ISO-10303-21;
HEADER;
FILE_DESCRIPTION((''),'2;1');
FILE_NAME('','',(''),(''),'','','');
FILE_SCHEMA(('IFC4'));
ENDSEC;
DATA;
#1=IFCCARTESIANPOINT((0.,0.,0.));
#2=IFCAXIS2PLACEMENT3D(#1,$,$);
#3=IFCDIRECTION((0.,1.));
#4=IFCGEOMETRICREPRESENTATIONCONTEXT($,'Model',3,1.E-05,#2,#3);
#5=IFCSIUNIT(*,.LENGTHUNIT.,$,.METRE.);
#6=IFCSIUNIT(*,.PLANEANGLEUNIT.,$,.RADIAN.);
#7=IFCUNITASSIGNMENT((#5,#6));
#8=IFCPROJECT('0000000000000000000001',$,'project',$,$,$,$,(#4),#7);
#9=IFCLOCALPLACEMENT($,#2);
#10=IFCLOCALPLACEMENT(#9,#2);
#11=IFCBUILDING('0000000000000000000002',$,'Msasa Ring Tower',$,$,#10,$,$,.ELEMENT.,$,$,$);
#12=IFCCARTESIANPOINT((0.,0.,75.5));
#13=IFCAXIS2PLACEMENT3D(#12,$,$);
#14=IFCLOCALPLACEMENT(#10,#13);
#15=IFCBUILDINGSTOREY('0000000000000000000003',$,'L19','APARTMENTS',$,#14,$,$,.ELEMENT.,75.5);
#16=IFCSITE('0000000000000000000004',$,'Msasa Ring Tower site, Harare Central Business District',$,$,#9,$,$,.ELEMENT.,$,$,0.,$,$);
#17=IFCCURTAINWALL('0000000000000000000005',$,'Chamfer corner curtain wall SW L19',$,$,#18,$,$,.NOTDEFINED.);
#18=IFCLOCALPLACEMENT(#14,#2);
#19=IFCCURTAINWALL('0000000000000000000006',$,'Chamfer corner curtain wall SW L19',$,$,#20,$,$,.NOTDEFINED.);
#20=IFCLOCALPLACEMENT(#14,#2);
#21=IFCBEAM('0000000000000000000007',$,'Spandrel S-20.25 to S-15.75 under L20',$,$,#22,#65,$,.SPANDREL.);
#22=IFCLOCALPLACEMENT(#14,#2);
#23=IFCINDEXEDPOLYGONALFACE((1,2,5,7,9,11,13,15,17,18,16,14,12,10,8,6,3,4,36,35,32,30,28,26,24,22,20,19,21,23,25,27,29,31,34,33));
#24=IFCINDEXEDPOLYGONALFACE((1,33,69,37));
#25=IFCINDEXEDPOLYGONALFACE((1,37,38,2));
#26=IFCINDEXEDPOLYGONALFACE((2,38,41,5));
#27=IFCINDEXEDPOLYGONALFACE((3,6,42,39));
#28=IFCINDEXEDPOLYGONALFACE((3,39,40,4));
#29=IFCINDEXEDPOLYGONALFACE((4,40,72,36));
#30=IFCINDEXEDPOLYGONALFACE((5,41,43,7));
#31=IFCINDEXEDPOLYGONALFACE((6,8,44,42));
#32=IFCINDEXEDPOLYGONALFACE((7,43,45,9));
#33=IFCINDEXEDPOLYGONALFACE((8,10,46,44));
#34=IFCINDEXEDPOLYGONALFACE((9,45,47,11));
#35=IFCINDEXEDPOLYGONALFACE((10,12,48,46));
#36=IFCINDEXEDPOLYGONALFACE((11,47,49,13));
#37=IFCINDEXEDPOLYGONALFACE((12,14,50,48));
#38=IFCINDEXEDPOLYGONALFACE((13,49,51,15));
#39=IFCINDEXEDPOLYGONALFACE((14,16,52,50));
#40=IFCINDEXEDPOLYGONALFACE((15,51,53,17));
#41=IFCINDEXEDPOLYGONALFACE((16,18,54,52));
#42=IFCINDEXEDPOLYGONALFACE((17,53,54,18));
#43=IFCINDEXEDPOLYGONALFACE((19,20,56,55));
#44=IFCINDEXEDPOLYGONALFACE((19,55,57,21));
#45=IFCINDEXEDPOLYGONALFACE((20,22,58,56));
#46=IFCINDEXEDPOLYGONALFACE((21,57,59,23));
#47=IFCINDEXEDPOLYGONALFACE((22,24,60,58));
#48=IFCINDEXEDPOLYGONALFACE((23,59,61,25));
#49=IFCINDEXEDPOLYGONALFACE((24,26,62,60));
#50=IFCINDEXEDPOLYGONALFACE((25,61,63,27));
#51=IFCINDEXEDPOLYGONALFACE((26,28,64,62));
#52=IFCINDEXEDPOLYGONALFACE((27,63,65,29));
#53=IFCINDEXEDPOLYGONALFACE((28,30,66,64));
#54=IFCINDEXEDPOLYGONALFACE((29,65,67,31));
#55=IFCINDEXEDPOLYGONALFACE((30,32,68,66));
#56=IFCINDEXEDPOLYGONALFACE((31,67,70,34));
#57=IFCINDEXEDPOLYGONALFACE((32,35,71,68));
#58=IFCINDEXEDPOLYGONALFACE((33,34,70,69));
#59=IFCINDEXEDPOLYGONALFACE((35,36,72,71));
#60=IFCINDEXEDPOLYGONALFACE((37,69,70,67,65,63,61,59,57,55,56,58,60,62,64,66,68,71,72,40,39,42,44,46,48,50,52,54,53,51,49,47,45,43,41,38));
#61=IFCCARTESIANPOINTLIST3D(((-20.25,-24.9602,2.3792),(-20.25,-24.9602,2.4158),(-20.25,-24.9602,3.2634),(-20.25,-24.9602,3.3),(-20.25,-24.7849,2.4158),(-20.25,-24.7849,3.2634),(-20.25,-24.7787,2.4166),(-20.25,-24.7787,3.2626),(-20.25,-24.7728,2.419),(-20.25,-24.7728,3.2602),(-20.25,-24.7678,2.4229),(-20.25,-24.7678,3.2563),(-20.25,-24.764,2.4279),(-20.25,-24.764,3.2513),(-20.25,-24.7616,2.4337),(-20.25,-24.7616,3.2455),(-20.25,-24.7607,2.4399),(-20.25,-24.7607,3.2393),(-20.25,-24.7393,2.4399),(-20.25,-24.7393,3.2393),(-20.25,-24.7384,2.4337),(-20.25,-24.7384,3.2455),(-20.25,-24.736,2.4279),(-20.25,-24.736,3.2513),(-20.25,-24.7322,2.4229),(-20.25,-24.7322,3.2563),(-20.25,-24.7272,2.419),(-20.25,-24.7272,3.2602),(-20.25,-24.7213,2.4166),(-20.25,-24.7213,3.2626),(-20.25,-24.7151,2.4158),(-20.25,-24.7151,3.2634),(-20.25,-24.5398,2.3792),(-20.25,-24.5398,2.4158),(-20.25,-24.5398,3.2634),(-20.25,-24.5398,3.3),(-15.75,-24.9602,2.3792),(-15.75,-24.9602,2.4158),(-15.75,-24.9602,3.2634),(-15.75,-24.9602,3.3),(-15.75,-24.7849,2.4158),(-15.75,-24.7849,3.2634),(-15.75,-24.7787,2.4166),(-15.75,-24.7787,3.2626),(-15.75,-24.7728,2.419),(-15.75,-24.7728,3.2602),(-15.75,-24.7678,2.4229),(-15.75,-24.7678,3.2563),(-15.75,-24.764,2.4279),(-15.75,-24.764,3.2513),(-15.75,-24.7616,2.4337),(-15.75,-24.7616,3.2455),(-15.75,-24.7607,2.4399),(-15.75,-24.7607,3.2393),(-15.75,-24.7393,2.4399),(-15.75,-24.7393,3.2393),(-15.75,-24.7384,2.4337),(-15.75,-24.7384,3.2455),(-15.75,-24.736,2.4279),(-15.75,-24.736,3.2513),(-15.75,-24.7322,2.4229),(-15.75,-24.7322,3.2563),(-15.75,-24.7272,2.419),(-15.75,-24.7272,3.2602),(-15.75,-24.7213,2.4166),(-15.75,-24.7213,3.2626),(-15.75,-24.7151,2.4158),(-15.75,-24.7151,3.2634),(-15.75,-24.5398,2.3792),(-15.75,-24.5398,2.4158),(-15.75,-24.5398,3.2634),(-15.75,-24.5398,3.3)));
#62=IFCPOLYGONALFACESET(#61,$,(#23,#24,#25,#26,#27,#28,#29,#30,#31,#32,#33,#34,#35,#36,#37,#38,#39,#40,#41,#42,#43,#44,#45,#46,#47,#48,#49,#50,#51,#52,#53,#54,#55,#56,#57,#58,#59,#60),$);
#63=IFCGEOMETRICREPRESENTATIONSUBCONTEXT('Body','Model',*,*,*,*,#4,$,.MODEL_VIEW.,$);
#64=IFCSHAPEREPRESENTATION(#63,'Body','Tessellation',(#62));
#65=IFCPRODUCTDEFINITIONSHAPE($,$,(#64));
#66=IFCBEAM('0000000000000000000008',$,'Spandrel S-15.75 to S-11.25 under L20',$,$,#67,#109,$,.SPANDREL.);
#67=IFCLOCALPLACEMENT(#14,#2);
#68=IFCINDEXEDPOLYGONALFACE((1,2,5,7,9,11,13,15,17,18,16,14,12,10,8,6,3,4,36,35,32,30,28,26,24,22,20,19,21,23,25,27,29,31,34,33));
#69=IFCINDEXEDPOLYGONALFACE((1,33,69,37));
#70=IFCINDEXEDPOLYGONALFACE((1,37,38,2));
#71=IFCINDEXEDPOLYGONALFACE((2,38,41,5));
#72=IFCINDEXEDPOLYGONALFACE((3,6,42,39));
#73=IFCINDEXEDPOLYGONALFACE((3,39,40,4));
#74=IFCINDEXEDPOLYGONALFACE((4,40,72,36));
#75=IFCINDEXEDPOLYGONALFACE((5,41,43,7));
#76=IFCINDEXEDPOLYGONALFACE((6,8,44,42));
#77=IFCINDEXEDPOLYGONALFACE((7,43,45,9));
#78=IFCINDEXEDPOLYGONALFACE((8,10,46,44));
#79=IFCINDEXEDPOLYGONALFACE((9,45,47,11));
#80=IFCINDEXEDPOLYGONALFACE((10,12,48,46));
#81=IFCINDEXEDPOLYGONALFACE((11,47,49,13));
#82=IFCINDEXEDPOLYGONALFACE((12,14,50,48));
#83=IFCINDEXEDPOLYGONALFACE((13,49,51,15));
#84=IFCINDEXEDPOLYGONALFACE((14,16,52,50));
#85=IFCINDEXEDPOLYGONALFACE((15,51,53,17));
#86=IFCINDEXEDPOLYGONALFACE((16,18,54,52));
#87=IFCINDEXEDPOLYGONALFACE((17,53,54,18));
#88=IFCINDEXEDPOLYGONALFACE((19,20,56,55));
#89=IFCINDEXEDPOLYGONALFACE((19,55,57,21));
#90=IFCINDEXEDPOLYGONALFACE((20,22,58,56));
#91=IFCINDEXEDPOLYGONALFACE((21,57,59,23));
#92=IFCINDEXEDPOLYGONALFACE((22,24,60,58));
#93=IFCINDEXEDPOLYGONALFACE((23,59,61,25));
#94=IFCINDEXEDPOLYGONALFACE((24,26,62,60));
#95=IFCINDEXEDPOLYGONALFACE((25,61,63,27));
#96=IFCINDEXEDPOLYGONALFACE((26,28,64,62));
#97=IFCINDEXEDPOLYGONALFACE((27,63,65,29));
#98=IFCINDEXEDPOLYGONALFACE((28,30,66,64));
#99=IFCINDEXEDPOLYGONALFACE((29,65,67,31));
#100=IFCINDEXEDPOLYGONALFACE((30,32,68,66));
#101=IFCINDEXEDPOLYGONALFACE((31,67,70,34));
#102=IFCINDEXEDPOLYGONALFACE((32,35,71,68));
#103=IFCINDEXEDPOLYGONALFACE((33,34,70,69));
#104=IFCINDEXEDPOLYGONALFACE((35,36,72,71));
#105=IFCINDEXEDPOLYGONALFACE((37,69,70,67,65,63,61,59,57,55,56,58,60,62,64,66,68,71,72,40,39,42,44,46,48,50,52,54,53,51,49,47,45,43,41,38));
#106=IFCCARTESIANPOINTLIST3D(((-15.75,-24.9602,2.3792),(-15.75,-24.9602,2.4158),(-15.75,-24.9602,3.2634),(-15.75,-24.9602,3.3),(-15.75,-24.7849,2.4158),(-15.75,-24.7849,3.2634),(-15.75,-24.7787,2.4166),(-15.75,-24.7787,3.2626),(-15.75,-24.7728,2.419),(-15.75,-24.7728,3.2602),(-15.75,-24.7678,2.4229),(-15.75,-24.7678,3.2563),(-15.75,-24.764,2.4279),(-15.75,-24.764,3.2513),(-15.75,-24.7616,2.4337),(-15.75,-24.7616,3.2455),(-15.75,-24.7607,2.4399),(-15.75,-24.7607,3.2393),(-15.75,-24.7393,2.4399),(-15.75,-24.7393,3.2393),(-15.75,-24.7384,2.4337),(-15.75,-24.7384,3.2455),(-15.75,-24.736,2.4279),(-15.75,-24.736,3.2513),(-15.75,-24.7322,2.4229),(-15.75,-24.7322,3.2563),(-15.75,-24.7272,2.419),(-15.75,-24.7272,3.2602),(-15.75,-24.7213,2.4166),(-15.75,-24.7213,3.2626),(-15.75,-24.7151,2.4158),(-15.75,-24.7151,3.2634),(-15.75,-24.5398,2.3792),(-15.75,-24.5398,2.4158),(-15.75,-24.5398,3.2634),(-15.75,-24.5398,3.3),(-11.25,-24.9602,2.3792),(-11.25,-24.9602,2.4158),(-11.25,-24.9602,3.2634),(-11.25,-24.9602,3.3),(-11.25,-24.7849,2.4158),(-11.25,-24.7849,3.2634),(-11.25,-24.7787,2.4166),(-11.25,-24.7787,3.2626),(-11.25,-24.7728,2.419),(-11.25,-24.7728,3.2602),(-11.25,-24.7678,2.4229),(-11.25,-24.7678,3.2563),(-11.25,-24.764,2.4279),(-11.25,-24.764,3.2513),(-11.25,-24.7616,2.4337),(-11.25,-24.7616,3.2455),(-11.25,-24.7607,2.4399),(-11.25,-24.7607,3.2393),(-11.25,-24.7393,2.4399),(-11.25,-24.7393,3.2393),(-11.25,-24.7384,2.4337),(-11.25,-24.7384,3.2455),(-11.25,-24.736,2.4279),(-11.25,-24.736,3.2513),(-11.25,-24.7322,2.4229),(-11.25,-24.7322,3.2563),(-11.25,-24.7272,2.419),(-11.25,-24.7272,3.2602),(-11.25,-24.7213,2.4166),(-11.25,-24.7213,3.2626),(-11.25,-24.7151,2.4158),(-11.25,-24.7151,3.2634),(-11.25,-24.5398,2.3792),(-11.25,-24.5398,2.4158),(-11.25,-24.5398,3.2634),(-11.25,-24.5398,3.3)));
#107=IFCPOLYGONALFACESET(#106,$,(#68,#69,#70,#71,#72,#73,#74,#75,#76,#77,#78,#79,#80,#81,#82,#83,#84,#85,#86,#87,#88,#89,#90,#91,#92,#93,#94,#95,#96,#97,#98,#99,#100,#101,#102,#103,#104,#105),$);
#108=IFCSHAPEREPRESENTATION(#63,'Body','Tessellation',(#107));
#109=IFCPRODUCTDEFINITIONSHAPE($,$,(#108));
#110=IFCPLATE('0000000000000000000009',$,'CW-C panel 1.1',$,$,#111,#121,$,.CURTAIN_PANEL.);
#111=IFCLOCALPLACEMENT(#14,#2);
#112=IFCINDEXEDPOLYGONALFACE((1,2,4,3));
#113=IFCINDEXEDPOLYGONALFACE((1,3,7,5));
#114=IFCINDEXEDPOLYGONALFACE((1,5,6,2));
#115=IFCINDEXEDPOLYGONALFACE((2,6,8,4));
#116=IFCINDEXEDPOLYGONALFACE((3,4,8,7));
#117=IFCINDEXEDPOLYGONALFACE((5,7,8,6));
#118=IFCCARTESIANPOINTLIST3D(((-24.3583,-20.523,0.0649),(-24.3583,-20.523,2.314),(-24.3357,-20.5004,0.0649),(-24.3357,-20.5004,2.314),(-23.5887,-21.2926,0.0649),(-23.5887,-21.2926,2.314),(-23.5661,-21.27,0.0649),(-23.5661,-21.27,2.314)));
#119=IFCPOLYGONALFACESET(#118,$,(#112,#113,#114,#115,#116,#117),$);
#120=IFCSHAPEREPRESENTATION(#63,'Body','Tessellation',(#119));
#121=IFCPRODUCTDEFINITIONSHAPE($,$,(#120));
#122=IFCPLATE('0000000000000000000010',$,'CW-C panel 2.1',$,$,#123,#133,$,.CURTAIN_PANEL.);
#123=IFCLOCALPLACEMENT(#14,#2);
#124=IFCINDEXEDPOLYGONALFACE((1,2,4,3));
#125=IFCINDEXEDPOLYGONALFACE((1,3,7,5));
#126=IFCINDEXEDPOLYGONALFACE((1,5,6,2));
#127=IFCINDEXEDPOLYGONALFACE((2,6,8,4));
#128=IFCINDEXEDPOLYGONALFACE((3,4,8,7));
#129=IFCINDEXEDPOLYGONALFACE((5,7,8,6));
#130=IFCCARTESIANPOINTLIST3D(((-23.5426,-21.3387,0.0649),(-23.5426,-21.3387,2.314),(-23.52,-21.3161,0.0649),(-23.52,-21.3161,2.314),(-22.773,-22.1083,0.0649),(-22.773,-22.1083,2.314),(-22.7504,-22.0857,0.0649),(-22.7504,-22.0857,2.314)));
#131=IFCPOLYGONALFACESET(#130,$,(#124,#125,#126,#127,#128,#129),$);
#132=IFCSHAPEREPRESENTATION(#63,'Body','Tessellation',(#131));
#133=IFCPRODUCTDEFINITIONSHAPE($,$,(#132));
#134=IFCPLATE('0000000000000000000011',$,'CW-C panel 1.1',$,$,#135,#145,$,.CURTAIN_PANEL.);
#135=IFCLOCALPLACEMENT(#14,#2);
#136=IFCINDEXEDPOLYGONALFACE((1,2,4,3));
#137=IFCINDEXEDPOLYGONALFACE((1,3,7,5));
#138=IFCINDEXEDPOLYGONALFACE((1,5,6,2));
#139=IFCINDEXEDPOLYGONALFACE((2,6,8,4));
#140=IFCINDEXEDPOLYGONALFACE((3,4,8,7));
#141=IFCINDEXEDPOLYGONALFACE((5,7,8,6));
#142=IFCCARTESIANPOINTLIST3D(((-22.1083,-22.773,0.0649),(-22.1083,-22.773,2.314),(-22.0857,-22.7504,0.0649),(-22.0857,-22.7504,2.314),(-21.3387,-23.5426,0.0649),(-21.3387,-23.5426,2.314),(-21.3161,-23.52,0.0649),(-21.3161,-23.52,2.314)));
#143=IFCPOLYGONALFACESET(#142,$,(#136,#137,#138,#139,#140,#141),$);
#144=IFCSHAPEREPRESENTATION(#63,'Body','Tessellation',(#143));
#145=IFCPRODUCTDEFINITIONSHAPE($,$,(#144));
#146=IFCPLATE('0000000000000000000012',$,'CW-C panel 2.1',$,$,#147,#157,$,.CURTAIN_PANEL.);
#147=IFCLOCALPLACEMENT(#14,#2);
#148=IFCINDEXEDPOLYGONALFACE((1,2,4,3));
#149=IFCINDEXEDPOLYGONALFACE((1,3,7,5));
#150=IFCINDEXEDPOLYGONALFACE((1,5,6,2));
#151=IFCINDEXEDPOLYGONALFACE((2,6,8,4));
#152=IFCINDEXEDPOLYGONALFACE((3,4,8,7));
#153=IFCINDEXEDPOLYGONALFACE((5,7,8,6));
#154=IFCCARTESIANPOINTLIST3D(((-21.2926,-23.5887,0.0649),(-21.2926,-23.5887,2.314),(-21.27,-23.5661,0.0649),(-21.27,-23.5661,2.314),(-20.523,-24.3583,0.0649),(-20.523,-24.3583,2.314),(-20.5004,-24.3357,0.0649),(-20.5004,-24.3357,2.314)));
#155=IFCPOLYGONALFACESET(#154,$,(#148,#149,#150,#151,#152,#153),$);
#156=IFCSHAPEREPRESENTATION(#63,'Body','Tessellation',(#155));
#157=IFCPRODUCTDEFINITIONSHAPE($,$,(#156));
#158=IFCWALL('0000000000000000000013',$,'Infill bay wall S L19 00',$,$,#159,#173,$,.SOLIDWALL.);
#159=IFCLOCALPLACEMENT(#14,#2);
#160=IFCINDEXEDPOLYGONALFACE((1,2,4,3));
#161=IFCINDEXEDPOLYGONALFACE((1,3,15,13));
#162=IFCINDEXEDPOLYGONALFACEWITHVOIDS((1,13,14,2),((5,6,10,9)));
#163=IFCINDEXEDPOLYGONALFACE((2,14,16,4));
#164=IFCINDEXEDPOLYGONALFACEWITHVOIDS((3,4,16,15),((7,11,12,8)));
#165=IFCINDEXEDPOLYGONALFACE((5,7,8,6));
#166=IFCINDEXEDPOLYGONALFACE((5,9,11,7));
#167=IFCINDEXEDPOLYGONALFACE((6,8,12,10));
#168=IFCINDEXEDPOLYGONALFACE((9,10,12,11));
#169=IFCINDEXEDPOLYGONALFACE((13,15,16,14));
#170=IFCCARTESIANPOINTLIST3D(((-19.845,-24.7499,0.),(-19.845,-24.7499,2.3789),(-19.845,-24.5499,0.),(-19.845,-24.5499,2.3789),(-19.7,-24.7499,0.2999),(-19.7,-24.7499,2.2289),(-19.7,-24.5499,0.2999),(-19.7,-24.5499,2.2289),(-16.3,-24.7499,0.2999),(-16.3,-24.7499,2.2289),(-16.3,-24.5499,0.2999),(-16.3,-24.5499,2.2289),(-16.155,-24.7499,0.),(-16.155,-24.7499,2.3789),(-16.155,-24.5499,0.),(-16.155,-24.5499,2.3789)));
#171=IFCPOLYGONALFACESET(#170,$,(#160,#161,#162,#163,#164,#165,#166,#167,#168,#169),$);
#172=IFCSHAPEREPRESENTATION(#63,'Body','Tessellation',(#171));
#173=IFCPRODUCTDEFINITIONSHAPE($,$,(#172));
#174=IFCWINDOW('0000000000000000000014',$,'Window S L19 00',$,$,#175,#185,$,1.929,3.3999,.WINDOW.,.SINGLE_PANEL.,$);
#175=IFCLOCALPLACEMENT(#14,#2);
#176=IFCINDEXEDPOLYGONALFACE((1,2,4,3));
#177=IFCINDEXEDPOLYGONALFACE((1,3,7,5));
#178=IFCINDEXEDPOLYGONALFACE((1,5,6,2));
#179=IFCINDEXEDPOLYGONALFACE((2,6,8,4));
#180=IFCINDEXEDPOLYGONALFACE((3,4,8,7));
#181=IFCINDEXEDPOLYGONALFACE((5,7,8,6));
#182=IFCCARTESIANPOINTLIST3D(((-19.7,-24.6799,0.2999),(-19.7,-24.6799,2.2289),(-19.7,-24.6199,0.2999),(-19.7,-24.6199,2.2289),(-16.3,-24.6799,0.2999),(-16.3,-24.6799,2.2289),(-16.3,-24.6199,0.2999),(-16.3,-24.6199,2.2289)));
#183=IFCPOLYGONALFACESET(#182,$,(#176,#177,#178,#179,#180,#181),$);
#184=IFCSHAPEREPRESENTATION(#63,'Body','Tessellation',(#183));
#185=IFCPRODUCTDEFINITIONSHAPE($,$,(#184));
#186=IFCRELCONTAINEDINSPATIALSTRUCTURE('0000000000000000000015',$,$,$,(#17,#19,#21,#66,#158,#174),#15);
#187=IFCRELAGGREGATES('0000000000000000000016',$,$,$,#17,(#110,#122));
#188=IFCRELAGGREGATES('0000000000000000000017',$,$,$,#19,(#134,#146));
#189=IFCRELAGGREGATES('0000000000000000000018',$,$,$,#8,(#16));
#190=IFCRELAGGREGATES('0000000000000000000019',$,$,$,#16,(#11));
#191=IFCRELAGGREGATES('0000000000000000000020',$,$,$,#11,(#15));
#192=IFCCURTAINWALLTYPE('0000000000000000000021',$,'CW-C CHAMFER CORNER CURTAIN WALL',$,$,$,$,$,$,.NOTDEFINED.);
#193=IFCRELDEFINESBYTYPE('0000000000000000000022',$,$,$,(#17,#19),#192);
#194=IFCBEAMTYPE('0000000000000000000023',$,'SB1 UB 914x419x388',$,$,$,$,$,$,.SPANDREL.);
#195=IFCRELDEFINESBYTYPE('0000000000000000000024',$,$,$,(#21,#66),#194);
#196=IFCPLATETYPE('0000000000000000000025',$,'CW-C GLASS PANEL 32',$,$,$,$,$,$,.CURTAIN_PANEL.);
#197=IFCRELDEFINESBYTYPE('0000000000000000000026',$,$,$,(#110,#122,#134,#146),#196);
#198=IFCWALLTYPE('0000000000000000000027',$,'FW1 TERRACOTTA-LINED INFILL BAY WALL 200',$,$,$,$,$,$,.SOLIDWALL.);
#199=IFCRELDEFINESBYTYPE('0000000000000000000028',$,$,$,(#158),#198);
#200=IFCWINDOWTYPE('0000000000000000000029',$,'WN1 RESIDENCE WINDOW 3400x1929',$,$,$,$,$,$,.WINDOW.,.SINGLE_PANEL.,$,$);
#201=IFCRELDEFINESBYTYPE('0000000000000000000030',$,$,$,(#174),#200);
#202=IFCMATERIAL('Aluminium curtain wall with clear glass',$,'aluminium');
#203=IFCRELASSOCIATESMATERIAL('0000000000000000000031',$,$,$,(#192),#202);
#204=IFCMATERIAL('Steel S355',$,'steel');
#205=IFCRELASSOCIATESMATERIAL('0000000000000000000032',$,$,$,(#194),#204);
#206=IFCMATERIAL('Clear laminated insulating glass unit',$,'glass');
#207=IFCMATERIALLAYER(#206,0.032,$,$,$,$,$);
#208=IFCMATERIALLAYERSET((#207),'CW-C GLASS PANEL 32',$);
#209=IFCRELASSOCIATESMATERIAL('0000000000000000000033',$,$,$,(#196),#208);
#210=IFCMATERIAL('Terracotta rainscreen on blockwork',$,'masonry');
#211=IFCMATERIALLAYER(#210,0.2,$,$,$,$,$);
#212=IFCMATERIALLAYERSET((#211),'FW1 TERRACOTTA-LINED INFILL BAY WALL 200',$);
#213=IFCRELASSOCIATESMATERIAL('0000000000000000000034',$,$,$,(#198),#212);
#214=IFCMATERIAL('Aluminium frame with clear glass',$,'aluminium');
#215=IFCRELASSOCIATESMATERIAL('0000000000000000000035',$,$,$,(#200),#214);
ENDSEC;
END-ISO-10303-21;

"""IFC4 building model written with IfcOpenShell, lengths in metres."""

from ifc_helpers import new_model, si_unit, direction, frame, frame_2d, origin, origin_2d, place, context, subcontext, project, spatial, rectangle, i_section, extrude, material, layer, layer_set, material_profile, profile_set, type_object, element, fill, aggregate, save


model = new_model("IFC4")

# Units and contexts
model_context = context("Model", 3, precision=1e-05, world=origin(), true_north=direction((0.0, 1.0)))
body_context = subcontext(model_context, "Body", "Model", "MODEL_VIEW")
ifc_project = project(units=[si_unit("LENGTHUNIT", "METRE"), si_unit("PLANEANGLEUNIT", "RADIAN")], contexts=[model_context])

# Site, building, storey
site_placement = place(None, origin())
site = spatial("IfcSite", under=ifc_project, at=site_placement, Name="Msasa Ring Tower site, Harare Central Business District", CompositionType="ELEMENT", RefElevation=0.0)
building_placement = place(site_placement, origin())
building = spatial("IfcBuilding", under=site, at=building_placement, Name="Msasa Ring Tower", CompositionType="ELEMENT")
storey_placement = place(building_placement, frame((0.0, 0.0, 75.5)))
storey = spatial("IfcBuildingStorey", under=building, at=storey_placement, Name="L19", Description="APARTMENTS", CompositionType="ELEMENT", Elevation=75.5)

# Curtain walls
ifc_material_1 = material(Name="Aluminium curtain wall with clear glass", Category="aluminium")
curtain_wall_type = type_object("IfcCurtainWallType", Name="CW-C CHAMFER CORNER CURTAIN WALL", PredefinedType="NOTDEFINED", material=ifc_material_1)
curtain_wall_1_placement = place(storey_placement, origin())
curtain_wall_1 = element("IfcCurtainWall", 1, at=curtain_wall_1_placement, inside=storey, type_object=curtain_wall_type, Name="Chamfer corner curtain wall SW L19", PredefinedType="NOTDEFINED")
curtain_wall_2_placement = place(storey_placement, origin())
curtain_wall_2 = element("IfcCurtainWall", 2, at=curtain_wall_2_placement, inside=storey, type_object=curtain_wall_type, Name="Chamfer corner curtain wall SW L19", PredefinedType="NOTDEFINED")

# Beams
ifc_material_2 = material(Name="Steel S355", Category="steel")
ifc_material_profile_1 = material_profile(ifc_material_2, i_section(OverallWidth=0.4204, OverallDepth=0.9209, WebThickness=0.0215, FlangeThickness=0.0366, FilletRadius=0.0242, at=origin_2d()), Name="UB 914x419x388")
ifc_profile_set_1 = profile_set([ifc_material_profile_1], Name="Steel S355")
beam_type_1 = type_object("IfcBeamType", Name="SB1 UB 914x419x388", PredefinedType="SPANDREL", material=ifc_profile_set_1)
for number, where, z_axis, x_axis, name in (
    (3, (-20.25, -24.75, 2.8396), (1.0, 0.0, 0.0), (0.0, 1.0, 0.0), "Spandrel S-20.25 to S-15.75 under L20"),
    (4, (-15.75, -24.75, 2.8396), (1.0, 0.0, 0.0), (0.0, 1.0, 0.0), "Spandrel S-15.75 to S-11.25 under L20"),
):
    element("IfcBeam", number, at=place(storey_placement, frame(where, z_axis=z_axis, x_axis=x_axis)), inside=storey, type_object=beam_type_1, Name=name, PredefinedType="SPANDREL", context=body_context, shape_type="SweptSolid", body=[
        extrude(i_section(OverallWidth=0.4204, OverallDepth=0.9209, WebThickness=0.0215, FlangeThickness=0.0366, FilletRadius=0.0242, at=origin_2d()), origin(), (0.0, 0.0, 1.0), 4.5),
    ])

# Plates
ifc_material_3 = material(Name="Clear laminated insulating glass unit", Category="glass")
ifc_layer_1 = layer(ifc_material_3, 0.032)
ifc_layer_set_1 = layer_set([ifc_layer_1], Name="CW-C GLASS PANEL 32")
plate_type = type_object("IfcPlateType", Name="CW-C GLASS PANEL 32", PredefinedType="CURTAIN_PANEL", material=ifc_layer_set_1)
plate_1_placement = place(storey_placement, frame((-23.9622, -20.8965, 0.0649), z_axis=(0.0, 0.0, 1.0), x_axis=(0.707107, -0.707107, 0.0)))
plate_1 = element("IfcPlate", 5, at=plate_1_placement, type_object=plate_type, Name="CW-C panel 1.1", PredefinedType="CURTAIN_PANEL", context=body_context, shape_type="SweptSolid", body=[
    extrude(rectangle(XDim=1.0884, YDim=0.032, at=origin_2d()), origin(), (0.0, 0.0, 1.0), 2.249),
])
plate_2_placement = place(storey_placement, frame((-23.1465, -21.7122, 0.0649), z_axis=(0.0, 0.0, 1.0), x_axis=(0.707107, -0.707107, 0.0)))
plate_2 = element("IfcPlate", 6, at=plate_2_placement, type_object=plate_type, Name="CW-C panel 2.1", PredefinedType="CURTAIN_PANEL", context=body_context, shape_type="SweptSolid", body=[
    extrude(rectangle(XDim=1.0884, YDim=0.032, at=origin_2d()), origin(), (0.0, 0.0, 1.0), 2.249),
])
aggregate(curtain_wall_1, [plate_1, plate_2])
plate_3_placement = place(storey_placement, frame((-21.7122, -23.1465, 0.0649), z_axis=(0.0, 0.0, 1.0), x_axis=(0.707107, -0.707107, 0.0)))
plate_3 = element("IfcPlate", 7, at=plate_3_placement, type_object=plate_type, Name="CW-C panel 1.1", PredefinedType="CURTAIN_PANEL", context=body_context, shape_type="SweptSolid", body=[
    extrude(rectangle(XDim=1.0884, YDim=0.032, at=origin_2d()), origin(), (0.0, 0.0, 1.0), 2.249),
])
plate_4_placement = place(storey_placement, frame((-20.8965, -23.9622, 0.0649), z_axis=(0.0, 0.0, 1.0), x_axis=(0.707107, -0.707107, 0.0)))
plate_4 = element("IfcPlate", 8, at=plate_4_placement, type_object=plate_type, Name="CW-C panel 2.1", PredefinedType="CURTAIN_PANEL", context=body_context, shape_type="SweptSolid", body=[
    extrude(rectangle(XDim=1.0884, YDim=0.032, at=origin_2d()), origin(), (0.0, 0.0, 1.0), 2.249),
])
aggregate(curtain_wall_2, [plate_3, plate_4])

# Wall, opening, window
ifc_material_4 = material(Name="Terracotta rainscreen on blockwork", Category="masonry")
ifc_layer_2 = layer(ifc_material_4, 0.2)
ifc_layer_set_2 = layer_set([ifc_layer_2], Name="FW1 TERRACOTTA-LINED INFILL BAY WALL 200")
wall_type_1 = type_object("IfcWallType", Name="FW1 TERRACOTTA-LINED INFILL BAY WALL 200", PredefinedType="SOLIDWALL", material=ifc_layer_set_2)
wall_1_placement = place(storey_placement, frame((-19.845, -24.6499, 0.0), z_axis=(0.0, 0.0, 1.0), x_axis=(1.0, 0.0, 0.0)))
wall_1 = element("IfcWall", 9, at=wall_1_placement, inside=storey, type_object=wall_type_1, Name="Infill bay wall S L19 00", PredefinedType="SOLIDWALL", context=body_context, shape_type="SweptSolid", body=[
    extrude(rectangle(XDim=3.6899, YDim=0.2, at=frame_2d((1.845, 0.0))), origin(), (0.0, 0.0, 1.0), 2.3789),
])
opening_1_placement = place(wall_1_placement, frame((0.145, 0.0, 0.3)))
opening_1 = element("IfcOpeningElement", 10, at=opening_1_placement, cuts=wall_1, PredefinedType="OPENING", context=body_context, shape_type="SweptSolid", body=[
    extrude(rectangle(XDim=3.3999, YDim=1.929, at=frame_2d((1.7, 0.9644))), frame((0.0, 0.1099, 0.0), z_axis=(0.0, -1.0, 0.0), x_axis=(1.0, 0.0, 0.0)), (0.0, 0.0, 1.0), 0.22),
])
ifc_material_5 = material(Name="Aluminium frame with clear glass", Category="aluminium")
window_type = type_object("IfcWindowType", Name="WN1 RESIDENCE WINDOW 3400x1929", PartitioningType="SINGLE_PANEL", PredefinedType="WINDOW", material=ifc_material_5)
window_1_placement = place(opening_1_placement, origin())
window_1 = element("IfcWindow", 11, at=window_1_placement, inside=storey, type_object=window_type, Name="Window S L19 00", OverallHeight=1.929, OverallWidth=3.3999, PartitioningType="SINGLE_PANEL", PredefinedType="WINDOW", context=body_context, shape_type="SweptSolid", body=[
    extrude(rectangle(XDim=3.3999, YDim=1.929, at=frame_2d((1.7, 0.9644))), frame((0.0, 0.03, 0.0), z_axis=(0.0, -1.0, 0.0), x_axis=(1.0, 0.0, 0.0)), (0.0, 0.0, 1.0), 0.0601),
])
fill(opening_1, window_1)

save(model, "model.ifc")
